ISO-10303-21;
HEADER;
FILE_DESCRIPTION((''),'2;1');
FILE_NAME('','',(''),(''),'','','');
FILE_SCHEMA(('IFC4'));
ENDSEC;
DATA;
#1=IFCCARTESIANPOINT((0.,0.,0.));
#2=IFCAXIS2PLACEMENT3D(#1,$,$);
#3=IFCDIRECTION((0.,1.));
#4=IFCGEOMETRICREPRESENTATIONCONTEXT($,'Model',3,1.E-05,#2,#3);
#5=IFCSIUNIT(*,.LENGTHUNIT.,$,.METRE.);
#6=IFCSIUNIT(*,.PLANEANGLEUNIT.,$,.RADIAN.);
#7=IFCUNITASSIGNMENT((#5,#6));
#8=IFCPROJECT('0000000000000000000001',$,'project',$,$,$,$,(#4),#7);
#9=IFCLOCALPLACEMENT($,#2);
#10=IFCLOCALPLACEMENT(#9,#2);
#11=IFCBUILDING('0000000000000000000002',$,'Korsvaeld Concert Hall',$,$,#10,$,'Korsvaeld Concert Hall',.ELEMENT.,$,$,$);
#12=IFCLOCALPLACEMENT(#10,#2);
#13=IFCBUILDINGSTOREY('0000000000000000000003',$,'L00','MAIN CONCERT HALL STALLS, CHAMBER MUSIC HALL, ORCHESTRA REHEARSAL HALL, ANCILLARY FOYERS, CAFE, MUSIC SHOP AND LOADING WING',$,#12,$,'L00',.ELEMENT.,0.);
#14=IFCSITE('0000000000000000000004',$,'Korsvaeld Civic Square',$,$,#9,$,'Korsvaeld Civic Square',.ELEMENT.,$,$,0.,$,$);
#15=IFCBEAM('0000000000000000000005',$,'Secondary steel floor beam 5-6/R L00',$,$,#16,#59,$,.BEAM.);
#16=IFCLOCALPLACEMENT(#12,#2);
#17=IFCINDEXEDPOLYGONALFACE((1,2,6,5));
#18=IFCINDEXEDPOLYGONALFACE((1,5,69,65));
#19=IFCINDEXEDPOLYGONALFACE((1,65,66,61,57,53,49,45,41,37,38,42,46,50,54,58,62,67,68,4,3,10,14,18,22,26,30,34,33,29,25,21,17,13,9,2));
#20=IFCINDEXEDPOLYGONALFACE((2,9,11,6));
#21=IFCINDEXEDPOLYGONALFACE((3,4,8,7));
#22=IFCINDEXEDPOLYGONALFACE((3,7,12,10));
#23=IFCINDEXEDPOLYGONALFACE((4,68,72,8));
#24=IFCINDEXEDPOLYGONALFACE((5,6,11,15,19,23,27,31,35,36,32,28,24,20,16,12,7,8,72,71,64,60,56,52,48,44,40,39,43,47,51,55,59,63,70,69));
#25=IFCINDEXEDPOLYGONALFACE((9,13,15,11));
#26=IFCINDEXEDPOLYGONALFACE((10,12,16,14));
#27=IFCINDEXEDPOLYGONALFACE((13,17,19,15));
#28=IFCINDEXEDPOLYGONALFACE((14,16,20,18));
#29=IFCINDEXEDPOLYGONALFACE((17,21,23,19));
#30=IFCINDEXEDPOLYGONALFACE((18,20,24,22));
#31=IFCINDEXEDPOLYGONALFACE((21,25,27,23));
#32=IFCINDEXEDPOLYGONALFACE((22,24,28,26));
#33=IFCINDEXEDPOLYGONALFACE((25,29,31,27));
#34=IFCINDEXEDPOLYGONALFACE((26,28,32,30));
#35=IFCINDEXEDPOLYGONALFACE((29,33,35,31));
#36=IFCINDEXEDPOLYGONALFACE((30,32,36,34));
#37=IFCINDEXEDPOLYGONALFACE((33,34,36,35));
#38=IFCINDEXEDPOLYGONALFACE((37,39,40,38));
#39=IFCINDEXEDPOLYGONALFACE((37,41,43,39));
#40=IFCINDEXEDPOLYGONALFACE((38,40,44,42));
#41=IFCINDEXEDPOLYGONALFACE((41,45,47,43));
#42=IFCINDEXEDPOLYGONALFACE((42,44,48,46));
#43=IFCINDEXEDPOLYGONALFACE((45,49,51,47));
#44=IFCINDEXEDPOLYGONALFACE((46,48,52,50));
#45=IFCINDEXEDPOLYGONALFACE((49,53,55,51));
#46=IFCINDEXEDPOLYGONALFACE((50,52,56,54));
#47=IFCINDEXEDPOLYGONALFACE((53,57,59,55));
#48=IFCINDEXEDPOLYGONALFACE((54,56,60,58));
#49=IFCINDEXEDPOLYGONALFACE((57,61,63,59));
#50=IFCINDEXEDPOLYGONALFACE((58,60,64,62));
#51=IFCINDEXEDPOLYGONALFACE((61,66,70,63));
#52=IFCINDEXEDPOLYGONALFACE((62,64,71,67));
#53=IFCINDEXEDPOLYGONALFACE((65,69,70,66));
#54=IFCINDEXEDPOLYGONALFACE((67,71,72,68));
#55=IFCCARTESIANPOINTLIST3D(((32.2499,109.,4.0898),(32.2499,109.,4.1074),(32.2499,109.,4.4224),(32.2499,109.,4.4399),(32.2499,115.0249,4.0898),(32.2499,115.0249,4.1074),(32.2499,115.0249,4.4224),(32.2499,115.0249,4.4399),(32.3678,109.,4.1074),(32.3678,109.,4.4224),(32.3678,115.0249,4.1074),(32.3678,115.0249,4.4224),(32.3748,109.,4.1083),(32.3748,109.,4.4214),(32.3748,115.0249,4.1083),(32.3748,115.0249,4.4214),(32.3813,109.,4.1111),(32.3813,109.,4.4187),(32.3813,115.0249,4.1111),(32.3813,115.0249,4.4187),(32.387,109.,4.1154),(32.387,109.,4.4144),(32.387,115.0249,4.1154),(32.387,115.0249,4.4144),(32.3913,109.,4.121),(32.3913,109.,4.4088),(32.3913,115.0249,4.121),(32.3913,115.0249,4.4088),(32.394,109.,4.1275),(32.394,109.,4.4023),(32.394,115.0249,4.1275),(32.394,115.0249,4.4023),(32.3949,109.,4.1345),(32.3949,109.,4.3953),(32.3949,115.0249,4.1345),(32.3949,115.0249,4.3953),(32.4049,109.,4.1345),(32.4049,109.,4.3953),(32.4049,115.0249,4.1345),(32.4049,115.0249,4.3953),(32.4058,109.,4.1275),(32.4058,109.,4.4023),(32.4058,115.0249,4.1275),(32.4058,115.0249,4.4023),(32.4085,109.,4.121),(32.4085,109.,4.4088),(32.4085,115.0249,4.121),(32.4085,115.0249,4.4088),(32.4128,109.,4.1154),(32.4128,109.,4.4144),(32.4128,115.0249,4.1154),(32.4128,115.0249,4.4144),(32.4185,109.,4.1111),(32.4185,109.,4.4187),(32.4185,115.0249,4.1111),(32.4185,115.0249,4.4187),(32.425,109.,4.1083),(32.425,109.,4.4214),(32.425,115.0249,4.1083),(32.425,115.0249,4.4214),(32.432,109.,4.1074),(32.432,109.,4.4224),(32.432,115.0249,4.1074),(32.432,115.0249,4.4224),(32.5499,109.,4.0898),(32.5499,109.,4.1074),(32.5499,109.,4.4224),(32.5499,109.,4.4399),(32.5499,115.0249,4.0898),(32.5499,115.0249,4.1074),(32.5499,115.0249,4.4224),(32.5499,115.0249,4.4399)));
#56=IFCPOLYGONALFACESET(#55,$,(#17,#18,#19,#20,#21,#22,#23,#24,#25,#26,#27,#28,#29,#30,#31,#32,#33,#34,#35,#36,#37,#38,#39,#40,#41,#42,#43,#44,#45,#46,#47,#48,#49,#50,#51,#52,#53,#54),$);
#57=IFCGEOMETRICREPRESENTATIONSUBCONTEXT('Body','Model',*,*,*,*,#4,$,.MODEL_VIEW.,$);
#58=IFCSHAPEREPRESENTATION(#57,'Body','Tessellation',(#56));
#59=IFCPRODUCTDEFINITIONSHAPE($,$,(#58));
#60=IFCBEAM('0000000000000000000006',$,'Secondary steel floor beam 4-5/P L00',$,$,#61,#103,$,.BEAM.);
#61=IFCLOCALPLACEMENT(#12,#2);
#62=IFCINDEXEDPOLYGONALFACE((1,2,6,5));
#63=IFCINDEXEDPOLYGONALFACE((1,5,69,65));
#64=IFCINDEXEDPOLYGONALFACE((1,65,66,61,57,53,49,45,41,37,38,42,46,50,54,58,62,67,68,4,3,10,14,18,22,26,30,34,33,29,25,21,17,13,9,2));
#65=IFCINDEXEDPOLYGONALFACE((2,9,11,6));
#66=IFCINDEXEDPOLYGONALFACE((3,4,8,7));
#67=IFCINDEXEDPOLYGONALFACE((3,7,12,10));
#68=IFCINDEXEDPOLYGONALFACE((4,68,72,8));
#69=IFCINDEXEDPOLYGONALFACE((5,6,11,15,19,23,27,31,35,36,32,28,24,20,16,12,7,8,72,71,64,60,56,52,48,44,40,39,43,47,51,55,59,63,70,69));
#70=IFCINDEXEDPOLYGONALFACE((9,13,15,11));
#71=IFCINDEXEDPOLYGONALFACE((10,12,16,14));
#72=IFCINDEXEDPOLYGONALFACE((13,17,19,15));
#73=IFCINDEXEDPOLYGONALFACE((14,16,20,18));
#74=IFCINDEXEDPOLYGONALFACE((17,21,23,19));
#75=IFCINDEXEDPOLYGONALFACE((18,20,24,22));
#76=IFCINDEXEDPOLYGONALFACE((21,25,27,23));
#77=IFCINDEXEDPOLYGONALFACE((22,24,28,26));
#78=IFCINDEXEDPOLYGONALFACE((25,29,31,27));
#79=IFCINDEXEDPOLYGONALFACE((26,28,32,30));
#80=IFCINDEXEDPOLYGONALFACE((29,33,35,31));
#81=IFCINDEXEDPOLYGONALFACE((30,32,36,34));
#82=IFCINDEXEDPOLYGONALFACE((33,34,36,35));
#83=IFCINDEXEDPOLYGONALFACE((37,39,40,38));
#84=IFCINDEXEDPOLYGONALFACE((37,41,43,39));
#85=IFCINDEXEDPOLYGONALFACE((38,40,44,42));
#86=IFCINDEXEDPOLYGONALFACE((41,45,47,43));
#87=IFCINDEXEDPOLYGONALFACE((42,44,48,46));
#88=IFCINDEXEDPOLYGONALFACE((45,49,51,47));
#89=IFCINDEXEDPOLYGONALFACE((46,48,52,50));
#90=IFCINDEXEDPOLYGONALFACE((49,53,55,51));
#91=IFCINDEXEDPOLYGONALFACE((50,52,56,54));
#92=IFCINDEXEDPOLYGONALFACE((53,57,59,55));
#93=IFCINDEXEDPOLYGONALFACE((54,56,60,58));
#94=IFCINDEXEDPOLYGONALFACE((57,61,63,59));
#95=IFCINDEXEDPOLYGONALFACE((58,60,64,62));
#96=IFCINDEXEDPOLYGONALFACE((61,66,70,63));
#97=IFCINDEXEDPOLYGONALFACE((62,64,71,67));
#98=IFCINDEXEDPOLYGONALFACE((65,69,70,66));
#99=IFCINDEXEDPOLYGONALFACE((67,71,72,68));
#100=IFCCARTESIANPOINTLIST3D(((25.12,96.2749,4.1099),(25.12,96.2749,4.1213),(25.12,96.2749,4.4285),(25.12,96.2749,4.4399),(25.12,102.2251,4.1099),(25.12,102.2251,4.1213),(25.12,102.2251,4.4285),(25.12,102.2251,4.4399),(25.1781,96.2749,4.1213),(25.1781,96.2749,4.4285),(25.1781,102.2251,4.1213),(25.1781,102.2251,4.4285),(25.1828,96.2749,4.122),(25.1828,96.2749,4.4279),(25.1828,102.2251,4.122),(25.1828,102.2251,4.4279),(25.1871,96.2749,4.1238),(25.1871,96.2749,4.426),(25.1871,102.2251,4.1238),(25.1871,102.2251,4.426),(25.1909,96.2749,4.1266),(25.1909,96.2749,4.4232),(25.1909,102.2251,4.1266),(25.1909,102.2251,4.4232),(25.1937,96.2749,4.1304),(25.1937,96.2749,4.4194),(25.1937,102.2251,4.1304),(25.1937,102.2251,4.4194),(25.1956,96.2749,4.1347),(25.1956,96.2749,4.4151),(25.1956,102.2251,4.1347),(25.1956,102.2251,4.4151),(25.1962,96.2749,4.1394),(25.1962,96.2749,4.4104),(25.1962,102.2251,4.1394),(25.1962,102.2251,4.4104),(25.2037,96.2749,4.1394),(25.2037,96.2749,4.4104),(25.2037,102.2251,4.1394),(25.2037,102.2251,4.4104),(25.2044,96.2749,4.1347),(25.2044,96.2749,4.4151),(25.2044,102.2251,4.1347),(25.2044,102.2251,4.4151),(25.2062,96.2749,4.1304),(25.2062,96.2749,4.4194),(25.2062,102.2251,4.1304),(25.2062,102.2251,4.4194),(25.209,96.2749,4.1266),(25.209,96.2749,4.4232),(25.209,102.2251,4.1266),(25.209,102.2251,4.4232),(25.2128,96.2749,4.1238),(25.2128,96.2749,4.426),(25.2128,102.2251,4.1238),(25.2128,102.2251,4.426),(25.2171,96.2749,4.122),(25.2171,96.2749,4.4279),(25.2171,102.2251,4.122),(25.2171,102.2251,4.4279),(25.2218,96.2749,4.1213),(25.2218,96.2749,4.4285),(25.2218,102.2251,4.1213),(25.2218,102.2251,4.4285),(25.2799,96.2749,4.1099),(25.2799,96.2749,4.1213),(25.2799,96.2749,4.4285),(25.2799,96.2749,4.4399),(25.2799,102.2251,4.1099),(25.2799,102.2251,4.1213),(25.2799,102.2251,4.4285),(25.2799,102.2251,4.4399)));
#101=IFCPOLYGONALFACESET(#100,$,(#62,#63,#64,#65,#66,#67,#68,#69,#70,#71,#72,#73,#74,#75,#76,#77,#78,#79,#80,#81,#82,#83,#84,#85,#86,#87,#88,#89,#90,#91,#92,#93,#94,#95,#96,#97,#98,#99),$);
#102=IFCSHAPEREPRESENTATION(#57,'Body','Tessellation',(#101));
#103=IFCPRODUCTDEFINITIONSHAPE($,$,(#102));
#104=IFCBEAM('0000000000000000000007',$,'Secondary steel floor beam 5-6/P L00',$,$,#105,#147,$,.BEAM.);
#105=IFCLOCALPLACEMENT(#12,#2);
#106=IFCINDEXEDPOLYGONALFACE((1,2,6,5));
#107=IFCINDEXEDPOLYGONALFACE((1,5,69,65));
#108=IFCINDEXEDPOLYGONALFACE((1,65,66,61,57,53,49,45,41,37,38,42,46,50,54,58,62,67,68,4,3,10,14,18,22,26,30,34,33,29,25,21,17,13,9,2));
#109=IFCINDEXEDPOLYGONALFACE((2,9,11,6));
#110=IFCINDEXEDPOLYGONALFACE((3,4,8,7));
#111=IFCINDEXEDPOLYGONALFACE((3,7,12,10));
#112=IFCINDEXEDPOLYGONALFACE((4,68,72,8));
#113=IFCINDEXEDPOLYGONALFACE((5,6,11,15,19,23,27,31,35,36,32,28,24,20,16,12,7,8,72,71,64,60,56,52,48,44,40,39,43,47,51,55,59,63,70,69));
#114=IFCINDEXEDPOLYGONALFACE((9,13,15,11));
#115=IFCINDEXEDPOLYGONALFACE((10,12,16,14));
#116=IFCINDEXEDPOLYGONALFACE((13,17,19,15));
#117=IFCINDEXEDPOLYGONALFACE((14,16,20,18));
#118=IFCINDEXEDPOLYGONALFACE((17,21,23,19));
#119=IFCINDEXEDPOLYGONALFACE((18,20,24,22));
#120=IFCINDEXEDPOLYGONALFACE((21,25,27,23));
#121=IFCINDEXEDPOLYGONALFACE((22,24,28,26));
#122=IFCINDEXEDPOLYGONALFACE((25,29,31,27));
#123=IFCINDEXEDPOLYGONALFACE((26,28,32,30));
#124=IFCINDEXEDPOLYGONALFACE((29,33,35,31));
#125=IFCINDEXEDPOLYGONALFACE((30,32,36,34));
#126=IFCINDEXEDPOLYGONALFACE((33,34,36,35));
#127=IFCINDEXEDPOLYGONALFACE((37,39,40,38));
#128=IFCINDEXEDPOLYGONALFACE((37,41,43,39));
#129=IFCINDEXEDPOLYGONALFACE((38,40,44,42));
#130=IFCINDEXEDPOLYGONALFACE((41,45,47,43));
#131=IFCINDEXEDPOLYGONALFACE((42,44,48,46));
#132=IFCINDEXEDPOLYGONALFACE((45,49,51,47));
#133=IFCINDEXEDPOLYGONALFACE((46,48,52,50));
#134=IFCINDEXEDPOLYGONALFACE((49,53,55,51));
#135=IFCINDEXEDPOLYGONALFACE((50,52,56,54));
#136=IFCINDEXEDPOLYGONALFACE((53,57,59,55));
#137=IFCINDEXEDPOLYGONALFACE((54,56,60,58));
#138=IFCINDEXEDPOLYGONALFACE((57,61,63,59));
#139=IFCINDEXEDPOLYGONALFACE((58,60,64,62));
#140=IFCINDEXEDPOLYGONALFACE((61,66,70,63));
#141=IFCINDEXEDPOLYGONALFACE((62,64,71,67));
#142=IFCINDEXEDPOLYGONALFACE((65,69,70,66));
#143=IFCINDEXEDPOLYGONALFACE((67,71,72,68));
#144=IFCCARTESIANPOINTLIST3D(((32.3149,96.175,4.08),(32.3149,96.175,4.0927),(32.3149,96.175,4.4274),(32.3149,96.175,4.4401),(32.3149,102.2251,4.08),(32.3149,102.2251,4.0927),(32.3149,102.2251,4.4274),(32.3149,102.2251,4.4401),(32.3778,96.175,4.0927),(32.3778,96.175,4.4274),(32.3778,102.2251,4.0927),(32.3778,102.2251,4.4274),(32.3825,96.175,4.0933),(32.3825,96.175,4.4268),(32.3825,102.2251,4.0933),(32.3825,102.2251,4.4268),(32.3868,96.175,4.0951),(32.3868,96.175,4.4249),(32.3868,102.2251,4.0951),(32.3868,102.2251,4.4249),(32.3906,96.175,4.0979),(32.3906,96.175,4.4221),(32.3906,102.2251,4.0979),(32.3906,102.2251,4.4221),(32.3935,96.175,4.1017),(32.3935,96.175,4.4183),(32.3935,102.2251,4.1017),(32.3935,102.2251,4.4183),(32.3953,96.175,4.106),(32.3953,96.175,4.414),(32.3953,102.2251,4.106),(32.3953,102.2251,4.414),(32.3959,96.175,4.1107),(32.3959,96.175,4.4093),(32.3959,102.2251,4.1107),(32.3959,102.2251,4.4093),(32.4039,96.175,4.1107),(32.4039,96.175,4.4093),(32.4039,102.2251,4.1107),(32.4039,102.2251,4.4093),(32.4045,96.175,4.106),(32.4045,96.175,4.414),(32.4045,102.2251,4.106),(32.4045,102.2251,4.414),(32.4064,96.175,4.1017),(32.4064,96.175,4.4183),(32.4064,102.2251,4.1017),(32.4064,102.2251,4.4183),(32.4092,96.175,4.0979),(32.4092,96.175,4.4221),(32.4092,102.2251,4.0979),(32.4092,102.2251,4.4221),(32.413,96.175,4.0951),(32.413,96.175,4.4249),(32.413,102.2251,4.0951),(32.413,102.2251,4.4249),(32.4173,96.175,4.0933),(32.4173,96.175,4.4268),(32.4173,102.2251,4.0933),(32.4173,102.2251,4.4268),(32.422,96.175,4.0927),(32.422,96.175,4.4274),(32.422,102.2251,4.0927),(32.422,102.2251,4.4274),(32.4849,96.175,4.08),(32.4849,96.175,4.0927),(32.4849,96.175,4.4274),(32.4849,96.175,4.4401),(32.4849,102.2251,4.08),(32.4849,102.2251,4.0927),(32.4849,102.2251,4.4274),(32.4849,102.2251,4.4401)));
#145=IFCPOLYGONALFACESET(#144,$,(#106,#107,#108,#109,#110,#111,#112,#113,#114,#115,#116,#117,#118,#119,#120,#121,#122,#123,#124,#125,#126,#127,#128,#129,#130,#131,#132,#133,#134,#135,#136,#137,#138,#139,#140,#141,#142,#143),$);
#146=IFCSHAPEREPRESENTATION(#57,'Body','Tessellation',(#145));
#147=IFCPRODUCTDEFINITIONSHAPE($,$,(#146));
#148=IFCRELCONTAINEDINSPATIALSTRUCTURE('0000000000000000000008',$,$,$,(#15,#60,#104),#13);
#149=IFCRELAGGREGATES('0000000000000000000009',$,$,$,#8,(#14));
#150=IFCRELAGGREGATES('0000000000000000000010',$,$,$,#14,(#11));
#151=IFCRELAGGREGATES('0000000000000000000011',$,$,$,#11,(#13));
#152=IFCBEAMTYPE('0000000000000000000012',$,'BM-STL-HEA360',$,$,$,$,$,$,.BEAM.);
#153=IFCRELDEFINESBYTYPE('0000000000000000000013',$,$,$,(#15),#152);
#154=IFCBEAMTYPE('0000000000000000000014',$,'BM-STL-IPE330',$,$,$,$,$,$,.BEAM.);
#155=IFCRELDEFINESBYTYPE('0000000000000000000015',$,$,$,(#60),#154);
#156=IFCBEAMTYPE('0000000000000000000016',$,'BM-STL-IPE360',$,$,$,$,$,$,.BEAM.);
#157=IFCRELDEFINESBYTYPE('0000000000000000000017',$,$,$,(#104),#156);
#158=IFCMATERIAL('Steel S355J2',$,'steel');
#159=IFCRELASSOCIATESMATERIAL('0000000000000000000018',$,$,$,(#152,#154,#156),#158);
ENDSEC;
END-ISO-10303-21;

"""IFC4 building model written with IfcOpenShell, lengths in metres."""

from ifc_helpers import new_model, si_unit, direction, frame, origin, origin_2d, place, context, subcontext, project, spatial, i_section, extrude, material, material_profile, profile_set, type_object, element, save


model = new_model("IFC4")

# Units and contexts
model_context = context("Model", 3, precision=1e-05, world=origin(), true_north=direction((0.0, 1.0)))
body_context = subcontext(model_context, "Body", "Model", "MODEL_VIEW")
ifc_project = project(units=[si_unit("LENGTHUNIT", "METRE"), si_unit("PLANEANGLEUNIT", "RADIAN")], contexts=[model_context])

# Site, building, storey
site_placement = place(None, origin())
site = spatial("IfcSite", under=ifc_project, at=site_placement, Name="Korsvaeld Civic Square", LongName="Korsvaeld Civic Square", CompositionType="ELEMENT", RefElevation=0.0)
building_placement = place(site_placement, origin())
building = spatial("IfcBuilding", under=site, at=building_placement, Name="Korsvaeld Concert Hall", LongName="Korsvaeld Concert Hall", CompositionType="ELEMENT")
storey_placement = place(building_placement, origin())
storey = spatial("IfcBuildingStorey", under=building, at=storey_placement, Name="L00", Description="MAIN CONCERT HALL STALLS, CHAMBER MUSIC HALL, ORCHESTRA REHEARSAL HALL, ANCILLARY FOYERS, CAFE, MUSIC SHOP AND LOADING WING", LongName="L00", CompositionType="ELEMENT", Elevation=0.0)

# Beams
ifc_material_1 = material(Name="Steel S355J2", Category="steel")
ifc_material_profile_1 = material_profile(ifc_material_1, i_section(OverallWidth=0.3, OverallDepth=0.3501, WebThickness=0.01, FlangeThickness=0.0176, FilletRadius=0.0271, at=origin_2d()), Name="HEA 360")
ifc_profile_set_1 = profile_set([ifc_material_profile_1], Name="Steel S355J2")
beam_type_1 = type_object("IfcBeamType", Name="BM-STL-HEA360", PredefinedType="BEAM", material=ifc_profile_set_1)
beam_1_placement = place(storey_placement, frame((32.3999, 109.0, 4.2649), z_axis=(0.0, 1.0, 0.0), x_axis=(-1.0, 0.0, 0.0)))
element("IfcBeam", 1, at=beam_1_placement, inside=storey, type_object=beam_type_1, Name="Secondary steel floor beam 5-6/R L00", PredefinedType="BEAM", context=body_context, shape_type="SweptSolid", body=[
    extrude(i_section(OverallWidth=0.3, OverallDepth=0.3501, WebThickness=0.01, FlangeThickness=0.0176, FilletRadius=0.0271, at=origin_2d()), origin(), (0.0, 0.0, 1.0), 6.0249),
])
ifc_material_profile_2 = material_profile(ifc_material_1, i_section(OverallWidth=0.1599, OverallDepth=0.3301, WebThickness=0.0076, FlangeThickness=0.0115, FilletRadius=0.0181, at=origin_2d()), Name="IPE 330")
ifc_profile_set_2 = profile_set([ifc_material_profile_2], Name="Steel S355J2")
beam_type_2 = type_object("IfcBeamType", Name="BM-STL-IPE330", PredefinedType="BEAM", material=ifc_profile_set_2)
beam_2_placement = place(storey_placement, frame((25.2, 96.2749, 4.2749), z_axis=(0.0, 1.0, 0.0), x_axis=(-1.0, 0.0, 0.0)))
element("IfcBeam", 2, at=beam_2_placement, inside=storey, type_object=beam_type_2, Name="Secondary steel floor beam 4-5/P L00", PredefinedType="BEAM", context=body_context, shape_type="SweptSolid", body=[
    extrude(i_section(OverallWidth=0.1599, OverallDepth=0.3301, WebThickness=0.0076, FlangeThickness=0.0115, FilletRadius=0.0181, at=origin_2d()), origin(), (0.0, 0.0, 1.0), 5.9502),
])
ifc_material_profile_3 = material_profile(ifc_material_1, i_section(OverallWidth=0.1699, OverallDepth=0.3601, WebThickness=0.0081, FlangeThickness=0.0127, FilletRadius=0.0181, at=origin_2d()), Name="IPE 360")
ifc_profile_set_3 = profile_set([ifc_material_profile_3], Name="Steel S355J2")
beam_type_3 = type_object("IfcBeamType", Name="BM-STL-IPE360", PredefinedType="BEAM", material=ifc_profile_set_3)
beam_3_placement = place(storey_placement, frame((32.3999, 96.175, 4.26), z_axis=(0.0, 1.0, 0.0), x_axis=(-1.0, 0.0, 0.0)))
element("IfcBeam", 3, at=beam_3_placement, inside=storey, type_object=beam_type_3, Name="Secondary steel floor beam 5-6/P L00", PredefinedType="BEAM", context=body_context, shape_type="SweptSolid", body=[
    extrude(i_section(OverallWidth=0.1699, OverallDepth=0.3601, WebThickness=0.0081, FlangeThickness=0.0127, FilletRadius=0.0181, at=origin_2d()), origin(), (0.0, 0.0, 1.0), 6.05),
])

save(model, "model.ifc")
